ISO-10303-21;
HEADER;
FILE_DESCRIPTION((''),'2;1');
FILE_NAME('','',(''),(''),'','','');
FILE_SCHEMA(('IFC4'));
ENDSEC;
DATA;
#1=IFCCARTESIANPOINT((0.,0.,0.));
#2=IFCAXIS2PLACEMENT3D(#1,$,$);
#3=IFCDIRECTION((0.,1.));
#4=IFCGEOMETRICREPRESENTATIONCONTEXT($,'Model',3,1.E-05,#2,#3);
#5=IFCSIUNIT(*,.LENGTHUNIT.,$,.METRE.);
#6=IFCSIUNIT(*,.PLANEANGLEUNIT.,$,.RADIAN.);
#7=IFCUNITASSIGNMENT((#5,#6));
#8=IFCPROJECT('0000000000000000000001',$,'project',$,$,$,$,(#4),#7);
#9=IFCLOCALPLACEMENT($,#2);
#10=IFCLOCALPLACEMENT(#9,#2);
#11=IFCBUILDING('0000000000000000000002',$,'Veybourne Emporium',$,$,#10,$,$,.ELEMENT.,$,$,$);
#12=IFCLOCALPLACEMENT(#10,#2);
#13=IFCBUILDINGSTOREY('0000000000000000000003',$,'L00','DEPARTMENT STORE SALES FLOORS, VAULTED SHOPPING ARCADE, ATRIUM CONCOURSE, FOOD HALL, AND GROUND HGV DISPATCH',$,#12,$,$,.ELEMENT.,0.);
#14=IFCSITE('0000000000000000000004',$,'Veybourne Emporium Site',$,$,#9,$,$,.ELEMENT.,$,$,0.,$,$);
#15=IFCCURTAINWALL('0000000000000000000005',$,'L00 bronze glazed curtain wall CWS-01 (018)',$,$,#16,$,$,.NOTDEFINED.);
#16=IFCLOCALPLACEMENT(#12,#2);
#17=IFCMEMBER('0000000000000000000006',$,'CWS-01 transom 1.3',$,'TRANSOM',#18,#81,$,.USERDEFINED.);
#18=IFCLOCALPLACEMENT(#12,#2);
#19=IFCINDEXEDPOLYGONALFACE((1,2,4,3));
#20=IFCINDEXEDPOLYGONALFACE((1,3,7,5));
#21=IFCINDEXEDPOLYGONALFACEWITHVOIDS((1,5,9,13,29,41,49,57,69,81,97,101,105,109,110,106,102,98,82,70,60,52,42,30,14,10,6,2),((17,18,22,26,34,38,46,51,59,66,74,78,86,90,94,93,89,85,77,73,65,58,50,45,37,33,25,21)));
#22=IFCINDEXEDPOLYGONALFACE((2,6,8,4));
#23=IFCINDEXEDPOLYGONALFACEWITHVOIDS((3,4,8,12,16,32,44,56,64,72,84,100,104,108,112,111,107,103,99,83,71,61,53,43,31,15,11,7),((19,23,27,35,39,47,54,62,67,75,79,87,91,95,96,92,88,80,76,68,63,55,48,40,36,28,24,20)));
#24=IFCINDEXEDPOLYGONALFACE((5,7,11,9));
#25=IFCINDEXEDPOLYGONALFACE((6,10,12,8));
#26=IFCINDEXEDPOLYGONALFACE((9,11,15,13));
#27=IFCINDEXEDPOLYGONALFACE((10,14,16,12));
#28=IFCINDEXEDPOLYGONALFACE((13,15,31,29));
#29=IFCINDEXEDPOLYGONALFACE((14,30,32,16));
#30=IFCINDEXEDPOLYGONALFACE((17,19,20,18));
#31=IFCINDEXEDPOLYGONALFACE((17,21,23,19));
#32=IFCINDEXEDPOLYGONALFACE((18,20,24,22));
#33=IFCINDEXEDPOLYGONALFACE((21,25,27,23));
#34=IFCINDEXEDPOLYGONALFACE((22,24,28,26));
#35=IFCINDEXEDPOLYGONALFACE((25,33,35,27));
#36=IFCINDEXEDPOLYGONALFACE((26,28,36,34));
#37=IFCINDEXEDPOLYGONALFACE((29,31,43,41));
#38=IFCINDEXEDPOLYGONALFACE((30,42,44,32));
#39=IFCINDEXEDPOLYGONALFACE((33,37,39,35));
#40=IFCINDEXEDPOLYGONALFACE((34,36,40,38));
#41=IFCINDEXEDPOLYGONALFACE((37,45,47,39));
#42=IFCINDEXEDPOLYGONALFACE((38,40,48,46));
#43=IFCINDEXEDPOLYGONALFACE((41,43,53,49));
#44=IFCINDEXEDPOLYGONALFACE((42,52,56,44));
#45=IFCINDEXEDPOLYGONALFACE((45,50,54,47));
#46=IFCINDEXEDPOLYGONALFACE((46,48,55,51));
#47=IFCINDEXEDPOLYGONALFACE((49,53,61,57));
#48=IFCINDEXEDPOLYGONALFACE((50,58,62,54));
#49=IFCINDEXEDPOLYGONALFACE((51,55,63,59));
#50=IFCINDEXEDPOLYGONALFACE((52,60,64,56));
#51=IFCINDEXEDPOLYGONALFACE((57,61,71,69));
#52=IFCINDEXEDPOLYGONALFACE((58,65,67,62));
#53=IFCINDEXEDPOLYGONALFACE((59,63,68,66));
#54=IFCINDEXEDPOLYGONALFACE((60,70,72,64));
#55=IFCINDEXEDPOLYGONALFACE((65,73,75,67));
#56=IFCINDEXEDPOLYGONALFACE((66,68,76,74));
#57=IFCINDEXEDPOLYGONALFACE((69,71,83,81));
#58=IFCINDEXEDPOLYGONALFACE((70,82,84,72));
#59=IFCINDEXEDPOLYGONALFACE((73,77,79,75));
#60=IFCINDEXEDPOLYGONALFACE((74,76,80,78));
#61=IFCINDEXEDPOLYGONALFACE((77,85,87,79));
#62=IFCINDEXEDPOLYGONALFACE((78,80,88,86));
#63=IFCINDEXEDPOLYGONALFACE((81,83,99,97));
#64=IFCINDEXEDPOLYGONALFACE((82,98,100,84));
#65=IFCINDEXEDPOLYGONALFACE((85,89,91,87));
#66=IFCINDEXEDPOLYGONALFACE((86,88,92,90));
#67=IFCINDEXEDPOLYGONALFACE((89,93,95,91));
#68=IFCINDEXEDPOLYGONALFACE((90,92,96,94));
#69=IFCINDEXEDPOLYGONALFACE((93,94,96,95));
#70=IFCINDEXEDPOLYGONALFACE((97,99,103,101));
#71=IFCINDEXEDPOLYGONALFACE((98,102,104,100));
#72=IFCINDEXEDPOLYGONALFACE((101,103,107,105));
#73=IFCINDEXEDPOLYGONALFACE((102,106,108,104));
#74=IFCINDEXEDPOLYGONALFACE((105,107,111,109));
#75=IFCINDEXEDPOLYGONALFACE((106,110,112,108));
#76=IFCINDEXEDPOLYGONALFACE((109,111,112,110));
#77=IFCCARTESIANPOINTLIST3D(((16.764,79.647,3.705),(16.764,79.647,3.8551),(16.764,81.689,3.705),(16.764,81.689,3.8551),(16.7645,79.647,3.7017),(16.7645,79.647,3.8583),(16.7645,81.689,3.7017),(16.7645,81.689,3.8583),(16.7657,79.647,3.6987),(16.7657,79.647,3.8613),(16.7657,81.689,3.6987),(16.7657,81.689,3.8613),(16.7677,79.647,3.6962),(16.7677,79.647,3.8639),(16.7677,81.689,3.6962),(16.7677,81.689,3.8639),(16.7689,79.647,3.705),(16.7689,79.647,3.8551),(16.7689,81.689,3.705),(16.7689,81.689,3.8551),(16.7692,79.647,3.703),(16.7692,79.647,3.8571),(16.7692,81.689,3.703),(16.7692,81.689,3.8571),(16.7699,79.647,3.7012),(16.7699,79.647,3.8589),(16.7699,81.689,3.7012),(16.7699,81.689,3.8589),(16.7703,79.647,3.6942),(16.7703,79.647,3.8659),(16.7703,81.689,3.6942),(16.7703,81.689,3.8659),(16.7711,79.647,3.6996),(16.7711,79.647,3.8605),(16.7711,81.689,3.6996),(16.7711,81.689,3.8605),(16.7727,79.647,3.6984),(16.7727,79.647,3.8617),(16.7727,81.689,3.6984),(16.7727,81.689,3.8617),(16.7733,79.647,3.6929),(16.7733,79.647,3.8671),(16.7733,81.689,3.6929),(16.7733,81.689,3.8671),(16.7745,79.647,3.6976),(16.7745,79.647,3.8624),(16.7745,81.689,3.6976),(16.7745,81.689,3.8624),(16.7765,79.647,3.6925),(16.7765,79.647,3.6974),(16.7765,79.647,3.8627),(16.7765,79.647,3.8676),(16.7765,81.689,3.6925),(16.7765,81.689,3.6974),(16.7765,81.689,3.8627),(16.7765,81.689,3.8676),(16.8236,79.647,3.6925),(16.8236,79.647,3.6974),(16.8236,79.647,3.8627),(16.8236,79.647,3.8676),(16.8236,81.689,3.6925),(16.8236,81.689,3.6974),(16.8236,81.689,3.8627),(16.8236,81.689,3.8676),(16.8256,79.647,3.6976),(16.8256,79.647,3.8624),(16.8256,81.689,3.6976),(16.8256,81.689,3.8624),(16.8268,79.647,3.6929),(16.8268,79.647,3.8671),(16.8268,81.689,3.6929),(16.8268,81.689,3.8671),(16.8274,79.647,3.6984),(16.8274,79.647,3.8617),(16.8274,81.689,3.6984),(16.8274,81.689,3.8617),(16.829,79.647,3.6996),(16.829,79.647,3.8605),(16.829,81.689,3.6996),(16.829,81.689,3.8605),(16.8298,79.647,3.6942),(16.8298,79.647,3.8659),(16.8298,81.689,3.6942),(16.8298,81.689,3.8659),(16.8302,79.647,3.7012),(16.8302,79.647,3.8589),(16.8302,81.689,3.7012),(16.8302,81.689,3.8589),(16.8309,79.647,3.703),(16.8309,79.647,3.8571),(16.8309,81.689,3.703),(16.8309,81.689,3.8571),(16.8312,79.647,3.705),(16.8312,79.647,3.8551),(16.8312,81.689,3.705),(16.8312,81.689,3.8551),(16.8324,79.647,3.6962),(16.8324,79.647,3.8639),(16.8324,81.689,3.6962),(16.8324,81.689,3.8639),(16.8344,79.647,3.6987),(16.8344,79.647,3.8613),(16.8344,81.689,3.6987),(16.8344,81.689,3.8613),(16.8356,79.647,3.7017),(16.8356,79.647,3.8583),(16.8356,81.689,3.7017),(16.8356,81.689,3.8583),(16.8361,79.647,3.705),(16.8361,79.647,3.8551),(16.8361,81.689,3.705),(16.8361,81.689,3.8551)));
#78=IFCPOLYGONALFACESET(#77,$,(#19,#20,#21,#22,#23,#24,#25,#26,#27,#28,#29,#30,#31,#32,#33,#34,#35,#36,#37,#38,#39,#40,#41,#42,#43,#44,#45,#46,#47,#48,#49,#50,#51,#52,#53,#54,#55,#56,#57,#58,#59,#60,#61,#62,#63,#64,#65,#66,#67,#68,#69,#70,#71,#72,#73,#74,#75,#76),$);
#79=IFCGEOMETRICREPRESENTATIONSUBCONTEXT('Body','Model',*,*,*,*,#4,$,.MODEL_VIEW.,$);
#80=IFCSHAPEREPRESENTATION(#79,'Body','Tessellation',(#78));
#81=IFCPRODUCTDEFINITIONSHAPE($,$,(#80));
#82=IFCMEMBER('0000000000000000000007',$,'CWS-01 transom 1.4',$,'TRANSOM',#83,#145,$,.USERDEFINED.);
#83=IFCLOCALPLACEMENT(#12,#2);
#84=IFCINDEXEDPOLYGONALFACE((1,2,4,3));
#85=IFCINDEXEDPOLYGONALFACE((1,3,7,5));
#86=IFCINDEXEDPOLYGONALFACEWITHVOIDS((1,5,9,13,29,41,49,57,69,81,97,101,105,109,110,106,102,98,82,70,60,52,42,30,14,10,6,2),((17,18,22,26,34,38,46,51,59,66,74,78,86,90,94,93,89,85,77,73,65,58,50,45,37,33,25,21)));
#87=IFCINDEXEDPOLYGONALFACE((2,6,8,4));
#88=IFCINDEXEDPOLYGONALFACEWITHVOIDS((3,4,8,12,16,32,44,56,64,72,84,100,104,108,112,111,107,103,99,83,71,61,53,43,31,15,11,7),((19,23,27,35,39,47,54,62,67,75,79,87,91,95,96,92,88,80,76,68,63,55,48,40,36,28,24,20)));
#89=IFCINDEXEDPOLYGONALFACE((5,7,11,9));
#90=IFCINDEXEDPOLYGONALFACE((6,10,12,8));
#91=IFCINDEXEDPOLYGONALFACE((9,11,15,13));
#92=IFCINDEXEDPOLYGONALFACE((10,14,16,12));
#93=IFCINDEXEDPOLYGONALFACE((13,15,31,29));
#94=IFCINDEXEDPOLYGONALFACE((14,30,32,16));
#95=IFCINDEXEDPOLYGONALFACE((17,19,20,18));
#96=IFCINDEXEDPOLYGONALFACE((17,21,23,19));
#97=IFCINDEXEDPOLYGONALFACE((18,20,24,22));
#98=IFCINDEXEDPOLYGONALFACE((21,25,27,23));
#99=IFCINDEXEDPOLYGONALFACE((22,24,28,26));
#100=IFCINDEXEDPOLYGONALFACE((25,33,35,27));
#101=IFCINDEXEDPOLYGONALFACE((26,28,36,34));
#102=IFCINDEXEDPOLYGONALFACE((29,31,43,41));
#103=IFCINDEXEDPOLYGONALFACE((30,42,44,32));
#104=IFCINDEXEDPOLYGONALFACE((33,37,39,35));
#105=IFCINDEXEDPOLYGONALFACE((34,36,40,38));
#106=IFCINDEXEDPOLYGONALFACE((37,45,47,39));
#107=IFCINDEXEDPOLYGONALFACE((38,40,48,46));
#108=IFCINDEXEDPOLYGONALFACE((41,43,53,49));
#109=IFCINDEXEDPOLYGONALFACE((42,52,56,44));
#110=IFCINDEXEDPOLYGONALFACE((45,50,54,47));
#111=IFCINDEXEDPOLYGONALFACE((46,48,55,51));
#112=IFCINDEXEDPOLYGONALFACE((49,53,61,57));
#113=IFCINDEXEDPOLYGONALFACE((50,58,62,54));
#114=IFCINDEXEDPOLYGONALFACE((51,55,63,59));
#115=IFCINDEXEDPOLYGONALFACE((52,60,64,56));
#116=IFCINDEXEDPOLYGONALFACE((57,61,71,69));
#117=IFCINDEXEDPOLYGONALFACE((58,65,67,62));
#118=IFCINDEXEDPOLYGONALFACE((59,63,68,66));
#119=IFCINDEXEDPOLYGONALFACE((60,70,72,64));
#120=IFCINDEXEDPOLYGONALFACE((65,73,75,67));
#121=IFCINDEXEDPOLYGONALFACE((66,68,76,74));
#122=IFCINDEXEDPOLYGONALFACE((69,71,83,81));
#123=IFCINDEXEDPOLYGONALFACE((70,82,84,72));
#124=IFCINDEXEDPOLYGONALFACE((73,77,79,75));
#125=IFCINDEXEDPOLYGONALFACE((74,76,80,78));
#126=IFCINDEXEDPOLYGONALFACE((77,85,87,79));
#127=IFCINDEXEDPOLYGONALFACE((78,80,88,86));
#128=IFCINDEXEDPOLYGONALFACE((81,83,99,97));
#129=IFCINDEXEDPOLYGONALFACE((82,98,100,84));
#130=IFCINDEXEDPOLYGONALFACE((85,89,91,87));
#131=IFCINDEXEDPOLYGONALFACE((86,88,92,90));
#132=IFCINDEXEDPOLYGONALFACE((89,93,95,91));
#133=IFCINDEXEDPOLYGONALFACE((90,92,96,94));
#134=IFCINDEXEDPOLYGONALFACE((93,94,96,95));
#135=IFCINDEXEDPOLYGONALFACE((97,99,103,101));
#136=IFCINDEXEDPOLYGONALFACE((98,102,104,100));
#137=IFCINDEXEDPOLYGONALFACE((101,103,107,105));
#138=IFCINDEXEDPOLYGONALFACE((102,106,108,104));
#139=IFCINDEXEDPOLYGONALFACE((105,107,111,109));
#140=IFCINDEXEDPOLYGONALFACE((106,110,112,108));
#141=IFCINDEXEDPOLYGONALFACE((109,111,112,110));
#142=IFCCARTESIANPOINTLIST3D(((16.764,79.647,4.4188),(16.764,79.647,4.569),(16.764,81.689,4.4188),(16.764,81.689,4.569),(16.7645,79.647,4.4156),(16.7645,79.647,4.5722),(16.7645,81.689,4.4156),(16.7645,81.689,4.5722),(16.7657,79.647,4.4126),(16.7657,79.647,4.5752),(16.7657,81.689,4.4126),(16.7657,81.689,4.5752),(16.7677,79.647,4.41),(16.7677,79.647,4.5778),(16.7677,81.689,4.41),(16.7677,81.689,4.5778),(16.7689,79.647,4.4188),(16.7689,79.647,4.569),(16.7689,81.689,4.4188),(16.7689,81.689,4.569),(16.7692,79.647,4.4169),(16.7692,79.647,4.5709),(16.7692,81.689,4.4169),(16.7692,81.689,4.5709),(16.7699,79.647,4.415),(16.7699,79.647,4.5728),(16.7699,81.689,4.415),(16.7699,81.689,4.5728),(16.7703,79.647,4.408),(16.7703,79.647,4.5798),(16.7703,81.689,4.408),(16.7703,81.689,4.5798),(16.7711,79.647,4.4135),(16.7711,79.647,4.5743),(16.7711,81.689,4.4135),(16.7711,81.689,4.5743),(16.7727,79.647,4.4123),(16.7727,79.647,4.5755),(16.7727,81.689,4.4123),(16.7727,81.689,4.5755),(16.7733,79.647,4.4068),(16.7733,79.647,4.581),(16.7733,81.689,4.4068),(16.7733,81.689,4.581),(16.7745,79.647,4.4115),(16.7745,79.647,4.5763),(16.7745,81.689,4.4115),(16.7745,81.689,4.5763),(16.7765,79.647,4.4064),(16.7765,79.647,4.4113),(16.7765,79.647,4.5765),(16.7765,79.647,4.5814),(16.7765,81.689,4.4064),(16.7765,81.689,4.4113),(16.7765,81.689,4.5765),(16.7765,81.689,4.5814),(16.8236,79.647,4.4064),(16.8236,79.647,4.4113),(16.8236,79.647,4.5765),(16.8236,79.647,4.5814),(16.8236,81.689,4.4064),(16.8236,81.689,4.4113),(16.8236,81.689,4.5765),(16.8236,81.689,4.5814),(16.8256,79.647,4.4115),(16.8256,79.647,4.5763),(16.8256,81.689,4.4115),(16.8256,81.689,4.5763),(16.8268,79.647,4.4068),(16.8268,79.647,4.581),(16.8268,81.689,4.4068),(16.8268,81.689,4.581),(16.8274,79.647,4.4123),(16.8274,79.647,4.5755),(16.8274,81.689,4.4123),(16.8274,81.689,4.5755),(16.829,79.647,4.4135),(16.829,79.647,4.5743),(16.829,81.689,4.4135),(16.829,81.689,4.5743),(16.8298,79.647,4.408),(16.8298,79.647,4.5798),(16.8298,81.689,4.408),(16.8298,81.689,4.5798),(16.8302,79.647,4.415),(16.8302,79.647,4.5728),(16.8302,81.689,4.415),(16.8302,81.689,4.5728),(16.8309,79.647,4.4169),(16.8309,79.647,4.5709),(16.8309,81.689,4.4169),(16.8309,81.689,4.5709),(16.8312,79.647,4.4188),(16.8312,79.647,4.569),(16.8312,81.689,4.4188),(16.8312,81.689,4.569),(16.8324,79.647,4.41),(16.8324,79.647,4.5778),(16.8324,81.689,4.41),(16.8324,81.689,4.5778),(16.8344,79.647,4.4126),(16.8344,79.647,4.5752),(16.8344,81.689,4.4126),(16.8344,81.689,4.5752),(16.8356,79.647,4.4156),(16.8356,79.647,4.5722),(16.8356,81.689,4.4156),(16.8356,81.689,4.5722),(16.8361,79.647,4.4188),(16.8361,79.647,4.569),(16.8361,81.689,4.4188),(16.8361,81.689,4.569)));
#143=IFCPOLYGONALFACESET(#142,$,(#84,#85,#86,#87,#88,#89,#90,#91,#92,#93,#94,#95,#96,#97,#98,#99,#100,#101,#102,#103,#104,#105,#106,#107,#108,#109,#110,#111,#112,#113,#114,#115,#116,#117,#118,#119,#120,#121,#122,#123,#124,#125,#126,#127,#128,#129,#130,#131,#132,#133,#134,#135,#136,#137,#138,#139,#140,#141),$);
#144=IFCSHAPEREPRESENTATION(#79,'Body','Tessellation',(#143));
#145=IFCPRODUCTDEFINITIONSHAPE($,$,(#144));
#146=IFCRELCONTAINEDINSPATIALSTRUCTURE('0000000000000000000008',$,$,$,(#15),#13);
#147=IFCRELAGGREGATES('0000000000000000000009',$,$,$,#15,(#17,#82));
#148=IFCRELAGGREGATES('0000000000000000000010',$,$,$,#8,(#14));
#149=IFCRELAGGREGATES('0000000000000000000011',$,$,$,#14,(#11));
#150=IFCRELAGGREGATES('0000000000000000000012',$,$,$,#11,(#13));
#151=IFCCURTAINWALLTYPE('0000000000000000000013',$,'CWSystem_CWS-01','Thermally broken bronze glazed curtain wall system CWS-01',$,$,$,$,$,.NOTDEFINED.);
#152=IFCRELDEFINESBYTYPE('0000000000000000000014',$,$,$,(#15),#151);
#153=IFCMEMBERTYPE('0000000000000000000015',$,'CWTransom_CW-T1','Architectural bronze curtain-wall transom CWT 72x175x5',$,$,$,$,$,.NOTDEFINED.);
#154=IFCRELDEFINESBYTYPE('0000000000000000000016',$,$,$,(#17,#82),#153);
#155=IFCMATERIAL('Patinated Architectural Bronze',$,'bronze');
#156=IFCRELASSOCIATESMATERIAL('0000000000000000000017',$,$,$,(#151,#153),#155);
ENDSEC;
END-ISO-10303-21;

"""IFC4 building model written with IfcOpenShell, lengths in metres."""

from ifc_helpers import new_model, si_unit, direction, frame, origin, origin_2d, place, context, subcontext, project, spatial, hollow_rectangle, extrude, material, material_profile, profile_set, type_object, element, aggregate, save


model = new_model("IFC4")

# Units and contexts
model_context = context("Model", 3, precision=1e-05, world=origin(), true_north=direction((0.0, 1.0)))
body_context = subcontext(model_context, "Body", "Model", "MODEL_VIEW")
ifc_project = project(units=[si_unit("LENGTHUNIT", "METRE"), si_unit("PLANEANGLEUNIT", "RADIAN")], contexts=[model_context])

# Site, building, storey
site_placement = place(None, origin())
site = spatial("IfcSite", under=ifc_project, at=site_placement, Name="Veybourne Emporium Site", CompositionType="ELEMENT", RefElevation=0.0)
building_placement = place(site_placement, origin())
building = spatial("IfcBuilding", under=site, at=building_placement, Name="Veybourne Emporium", CompositionType="ELEMENT")
storey_placement = place(building_placement, origin())
storey = spatial("IfcBuildingStorey", under=building, at=storey_placement, Name="L00", Description="DEPARTMENT STORE SALES FLOORS, VAULTED SHOPPING ARCADE, ATRIUM CONCOURSE, FOOD HALL, AND GROUND HGV DISPATCH", CompositionType="ELEMENT", Elevation=0.0)

# Curtain wall, members
ifc_material_1 = material(Name="Patinated Architectural Bronze", Category="bronze")
curtain_wall_type = type_object("IfcCurtainWallType", Name="CWSystem_CWS-01", Description="Thermally broken bronze glazed curtain wall system CWS-01", PredefinedType="NOTDEFINED", material=ifc_material_1)
curtain_wall_placement = place(storey_placement, origin())
curtain_wall = element("IfcCurtainWall", 1, at=curtain_wall_placement, inside=storey, type_object=curtain_wall_type, Name="L00 bronze glazed curtain wall CWS-01 (018)", PredefinedType="NOTDEFINED")
ifc_material_profile_1 = material_profile(ifc_material_1, hollow_rectangle(XDim=0.072, YDim=0.175, WallThickness=0.0049, InnerFilletRadius=0.0076, OuterFilletRadius=0.0125, at=origin_2d()), Name="CWT 72x175x5")
ifc_profile_set_1 = profile_set([ifc_material_profile_1], Name="Patinated Architectural Bronze")
member_type_1 = type_object("IfcMemberType", Name="CWTransom_CW-T1", Description="Architectural bronze curtain-wall transom CWT 72x175x5", PredefinedType="NOTDEFINED", material=ifc_profile_set_1)
member_1_placement = place(storey_placement, frame((16.8, 79.647, 3.78), z_axis=(0.0, 1.0, 0.0), x_axis=(-1.0, 0.0, 0.0)))
member_1 = element("IfcMember", 2, at=member_1_placement, type_object=member_type_1, Name="CWS-01 transom 1.3", ObjectType="TRANSOM", PredefinedType="USERDEFINED", context=body_context, shape_type="SweptSolid", body=[
    extrude(hollow_rectangle(XDim=0.072, YDim=0.175, WallThickness=0.0049, InnerFilletRadius=0.0076, OuterFilletRadius=0.0125, at=origin_2d()), origin(), (0.0, 0.0, 1.0), 2.042),
])
member_2_placement = place(storey_placement, frame((16.8, 79.647, 4.4939), z_axis=(0.0, 1.0, 0.0), x_axis=(-1.0, 0.0, 0.0)))
member_2 = element("IfcMember", 3, at=member_2_placement, type_object=member_type_1, Name="CWS-01 transom 1.4", ObjectType="TRANSOM", PredefinedType="USERDEFINED", context=body_context, shape_type="SweptSolid", body=[
    extrude(hollow_rectangle(XDim=0.072, YDim=0.175, WallThickness=0.0049, InnerFilletRadius=0.0076, OuterFilletRadius=0.0125, at=origin_2d()), origin(), (0.0, 0.0, 1.0), 2.042),
])

aggregate(curtain_wall, [member_1, member_2])

save(model, "model.ifc")
